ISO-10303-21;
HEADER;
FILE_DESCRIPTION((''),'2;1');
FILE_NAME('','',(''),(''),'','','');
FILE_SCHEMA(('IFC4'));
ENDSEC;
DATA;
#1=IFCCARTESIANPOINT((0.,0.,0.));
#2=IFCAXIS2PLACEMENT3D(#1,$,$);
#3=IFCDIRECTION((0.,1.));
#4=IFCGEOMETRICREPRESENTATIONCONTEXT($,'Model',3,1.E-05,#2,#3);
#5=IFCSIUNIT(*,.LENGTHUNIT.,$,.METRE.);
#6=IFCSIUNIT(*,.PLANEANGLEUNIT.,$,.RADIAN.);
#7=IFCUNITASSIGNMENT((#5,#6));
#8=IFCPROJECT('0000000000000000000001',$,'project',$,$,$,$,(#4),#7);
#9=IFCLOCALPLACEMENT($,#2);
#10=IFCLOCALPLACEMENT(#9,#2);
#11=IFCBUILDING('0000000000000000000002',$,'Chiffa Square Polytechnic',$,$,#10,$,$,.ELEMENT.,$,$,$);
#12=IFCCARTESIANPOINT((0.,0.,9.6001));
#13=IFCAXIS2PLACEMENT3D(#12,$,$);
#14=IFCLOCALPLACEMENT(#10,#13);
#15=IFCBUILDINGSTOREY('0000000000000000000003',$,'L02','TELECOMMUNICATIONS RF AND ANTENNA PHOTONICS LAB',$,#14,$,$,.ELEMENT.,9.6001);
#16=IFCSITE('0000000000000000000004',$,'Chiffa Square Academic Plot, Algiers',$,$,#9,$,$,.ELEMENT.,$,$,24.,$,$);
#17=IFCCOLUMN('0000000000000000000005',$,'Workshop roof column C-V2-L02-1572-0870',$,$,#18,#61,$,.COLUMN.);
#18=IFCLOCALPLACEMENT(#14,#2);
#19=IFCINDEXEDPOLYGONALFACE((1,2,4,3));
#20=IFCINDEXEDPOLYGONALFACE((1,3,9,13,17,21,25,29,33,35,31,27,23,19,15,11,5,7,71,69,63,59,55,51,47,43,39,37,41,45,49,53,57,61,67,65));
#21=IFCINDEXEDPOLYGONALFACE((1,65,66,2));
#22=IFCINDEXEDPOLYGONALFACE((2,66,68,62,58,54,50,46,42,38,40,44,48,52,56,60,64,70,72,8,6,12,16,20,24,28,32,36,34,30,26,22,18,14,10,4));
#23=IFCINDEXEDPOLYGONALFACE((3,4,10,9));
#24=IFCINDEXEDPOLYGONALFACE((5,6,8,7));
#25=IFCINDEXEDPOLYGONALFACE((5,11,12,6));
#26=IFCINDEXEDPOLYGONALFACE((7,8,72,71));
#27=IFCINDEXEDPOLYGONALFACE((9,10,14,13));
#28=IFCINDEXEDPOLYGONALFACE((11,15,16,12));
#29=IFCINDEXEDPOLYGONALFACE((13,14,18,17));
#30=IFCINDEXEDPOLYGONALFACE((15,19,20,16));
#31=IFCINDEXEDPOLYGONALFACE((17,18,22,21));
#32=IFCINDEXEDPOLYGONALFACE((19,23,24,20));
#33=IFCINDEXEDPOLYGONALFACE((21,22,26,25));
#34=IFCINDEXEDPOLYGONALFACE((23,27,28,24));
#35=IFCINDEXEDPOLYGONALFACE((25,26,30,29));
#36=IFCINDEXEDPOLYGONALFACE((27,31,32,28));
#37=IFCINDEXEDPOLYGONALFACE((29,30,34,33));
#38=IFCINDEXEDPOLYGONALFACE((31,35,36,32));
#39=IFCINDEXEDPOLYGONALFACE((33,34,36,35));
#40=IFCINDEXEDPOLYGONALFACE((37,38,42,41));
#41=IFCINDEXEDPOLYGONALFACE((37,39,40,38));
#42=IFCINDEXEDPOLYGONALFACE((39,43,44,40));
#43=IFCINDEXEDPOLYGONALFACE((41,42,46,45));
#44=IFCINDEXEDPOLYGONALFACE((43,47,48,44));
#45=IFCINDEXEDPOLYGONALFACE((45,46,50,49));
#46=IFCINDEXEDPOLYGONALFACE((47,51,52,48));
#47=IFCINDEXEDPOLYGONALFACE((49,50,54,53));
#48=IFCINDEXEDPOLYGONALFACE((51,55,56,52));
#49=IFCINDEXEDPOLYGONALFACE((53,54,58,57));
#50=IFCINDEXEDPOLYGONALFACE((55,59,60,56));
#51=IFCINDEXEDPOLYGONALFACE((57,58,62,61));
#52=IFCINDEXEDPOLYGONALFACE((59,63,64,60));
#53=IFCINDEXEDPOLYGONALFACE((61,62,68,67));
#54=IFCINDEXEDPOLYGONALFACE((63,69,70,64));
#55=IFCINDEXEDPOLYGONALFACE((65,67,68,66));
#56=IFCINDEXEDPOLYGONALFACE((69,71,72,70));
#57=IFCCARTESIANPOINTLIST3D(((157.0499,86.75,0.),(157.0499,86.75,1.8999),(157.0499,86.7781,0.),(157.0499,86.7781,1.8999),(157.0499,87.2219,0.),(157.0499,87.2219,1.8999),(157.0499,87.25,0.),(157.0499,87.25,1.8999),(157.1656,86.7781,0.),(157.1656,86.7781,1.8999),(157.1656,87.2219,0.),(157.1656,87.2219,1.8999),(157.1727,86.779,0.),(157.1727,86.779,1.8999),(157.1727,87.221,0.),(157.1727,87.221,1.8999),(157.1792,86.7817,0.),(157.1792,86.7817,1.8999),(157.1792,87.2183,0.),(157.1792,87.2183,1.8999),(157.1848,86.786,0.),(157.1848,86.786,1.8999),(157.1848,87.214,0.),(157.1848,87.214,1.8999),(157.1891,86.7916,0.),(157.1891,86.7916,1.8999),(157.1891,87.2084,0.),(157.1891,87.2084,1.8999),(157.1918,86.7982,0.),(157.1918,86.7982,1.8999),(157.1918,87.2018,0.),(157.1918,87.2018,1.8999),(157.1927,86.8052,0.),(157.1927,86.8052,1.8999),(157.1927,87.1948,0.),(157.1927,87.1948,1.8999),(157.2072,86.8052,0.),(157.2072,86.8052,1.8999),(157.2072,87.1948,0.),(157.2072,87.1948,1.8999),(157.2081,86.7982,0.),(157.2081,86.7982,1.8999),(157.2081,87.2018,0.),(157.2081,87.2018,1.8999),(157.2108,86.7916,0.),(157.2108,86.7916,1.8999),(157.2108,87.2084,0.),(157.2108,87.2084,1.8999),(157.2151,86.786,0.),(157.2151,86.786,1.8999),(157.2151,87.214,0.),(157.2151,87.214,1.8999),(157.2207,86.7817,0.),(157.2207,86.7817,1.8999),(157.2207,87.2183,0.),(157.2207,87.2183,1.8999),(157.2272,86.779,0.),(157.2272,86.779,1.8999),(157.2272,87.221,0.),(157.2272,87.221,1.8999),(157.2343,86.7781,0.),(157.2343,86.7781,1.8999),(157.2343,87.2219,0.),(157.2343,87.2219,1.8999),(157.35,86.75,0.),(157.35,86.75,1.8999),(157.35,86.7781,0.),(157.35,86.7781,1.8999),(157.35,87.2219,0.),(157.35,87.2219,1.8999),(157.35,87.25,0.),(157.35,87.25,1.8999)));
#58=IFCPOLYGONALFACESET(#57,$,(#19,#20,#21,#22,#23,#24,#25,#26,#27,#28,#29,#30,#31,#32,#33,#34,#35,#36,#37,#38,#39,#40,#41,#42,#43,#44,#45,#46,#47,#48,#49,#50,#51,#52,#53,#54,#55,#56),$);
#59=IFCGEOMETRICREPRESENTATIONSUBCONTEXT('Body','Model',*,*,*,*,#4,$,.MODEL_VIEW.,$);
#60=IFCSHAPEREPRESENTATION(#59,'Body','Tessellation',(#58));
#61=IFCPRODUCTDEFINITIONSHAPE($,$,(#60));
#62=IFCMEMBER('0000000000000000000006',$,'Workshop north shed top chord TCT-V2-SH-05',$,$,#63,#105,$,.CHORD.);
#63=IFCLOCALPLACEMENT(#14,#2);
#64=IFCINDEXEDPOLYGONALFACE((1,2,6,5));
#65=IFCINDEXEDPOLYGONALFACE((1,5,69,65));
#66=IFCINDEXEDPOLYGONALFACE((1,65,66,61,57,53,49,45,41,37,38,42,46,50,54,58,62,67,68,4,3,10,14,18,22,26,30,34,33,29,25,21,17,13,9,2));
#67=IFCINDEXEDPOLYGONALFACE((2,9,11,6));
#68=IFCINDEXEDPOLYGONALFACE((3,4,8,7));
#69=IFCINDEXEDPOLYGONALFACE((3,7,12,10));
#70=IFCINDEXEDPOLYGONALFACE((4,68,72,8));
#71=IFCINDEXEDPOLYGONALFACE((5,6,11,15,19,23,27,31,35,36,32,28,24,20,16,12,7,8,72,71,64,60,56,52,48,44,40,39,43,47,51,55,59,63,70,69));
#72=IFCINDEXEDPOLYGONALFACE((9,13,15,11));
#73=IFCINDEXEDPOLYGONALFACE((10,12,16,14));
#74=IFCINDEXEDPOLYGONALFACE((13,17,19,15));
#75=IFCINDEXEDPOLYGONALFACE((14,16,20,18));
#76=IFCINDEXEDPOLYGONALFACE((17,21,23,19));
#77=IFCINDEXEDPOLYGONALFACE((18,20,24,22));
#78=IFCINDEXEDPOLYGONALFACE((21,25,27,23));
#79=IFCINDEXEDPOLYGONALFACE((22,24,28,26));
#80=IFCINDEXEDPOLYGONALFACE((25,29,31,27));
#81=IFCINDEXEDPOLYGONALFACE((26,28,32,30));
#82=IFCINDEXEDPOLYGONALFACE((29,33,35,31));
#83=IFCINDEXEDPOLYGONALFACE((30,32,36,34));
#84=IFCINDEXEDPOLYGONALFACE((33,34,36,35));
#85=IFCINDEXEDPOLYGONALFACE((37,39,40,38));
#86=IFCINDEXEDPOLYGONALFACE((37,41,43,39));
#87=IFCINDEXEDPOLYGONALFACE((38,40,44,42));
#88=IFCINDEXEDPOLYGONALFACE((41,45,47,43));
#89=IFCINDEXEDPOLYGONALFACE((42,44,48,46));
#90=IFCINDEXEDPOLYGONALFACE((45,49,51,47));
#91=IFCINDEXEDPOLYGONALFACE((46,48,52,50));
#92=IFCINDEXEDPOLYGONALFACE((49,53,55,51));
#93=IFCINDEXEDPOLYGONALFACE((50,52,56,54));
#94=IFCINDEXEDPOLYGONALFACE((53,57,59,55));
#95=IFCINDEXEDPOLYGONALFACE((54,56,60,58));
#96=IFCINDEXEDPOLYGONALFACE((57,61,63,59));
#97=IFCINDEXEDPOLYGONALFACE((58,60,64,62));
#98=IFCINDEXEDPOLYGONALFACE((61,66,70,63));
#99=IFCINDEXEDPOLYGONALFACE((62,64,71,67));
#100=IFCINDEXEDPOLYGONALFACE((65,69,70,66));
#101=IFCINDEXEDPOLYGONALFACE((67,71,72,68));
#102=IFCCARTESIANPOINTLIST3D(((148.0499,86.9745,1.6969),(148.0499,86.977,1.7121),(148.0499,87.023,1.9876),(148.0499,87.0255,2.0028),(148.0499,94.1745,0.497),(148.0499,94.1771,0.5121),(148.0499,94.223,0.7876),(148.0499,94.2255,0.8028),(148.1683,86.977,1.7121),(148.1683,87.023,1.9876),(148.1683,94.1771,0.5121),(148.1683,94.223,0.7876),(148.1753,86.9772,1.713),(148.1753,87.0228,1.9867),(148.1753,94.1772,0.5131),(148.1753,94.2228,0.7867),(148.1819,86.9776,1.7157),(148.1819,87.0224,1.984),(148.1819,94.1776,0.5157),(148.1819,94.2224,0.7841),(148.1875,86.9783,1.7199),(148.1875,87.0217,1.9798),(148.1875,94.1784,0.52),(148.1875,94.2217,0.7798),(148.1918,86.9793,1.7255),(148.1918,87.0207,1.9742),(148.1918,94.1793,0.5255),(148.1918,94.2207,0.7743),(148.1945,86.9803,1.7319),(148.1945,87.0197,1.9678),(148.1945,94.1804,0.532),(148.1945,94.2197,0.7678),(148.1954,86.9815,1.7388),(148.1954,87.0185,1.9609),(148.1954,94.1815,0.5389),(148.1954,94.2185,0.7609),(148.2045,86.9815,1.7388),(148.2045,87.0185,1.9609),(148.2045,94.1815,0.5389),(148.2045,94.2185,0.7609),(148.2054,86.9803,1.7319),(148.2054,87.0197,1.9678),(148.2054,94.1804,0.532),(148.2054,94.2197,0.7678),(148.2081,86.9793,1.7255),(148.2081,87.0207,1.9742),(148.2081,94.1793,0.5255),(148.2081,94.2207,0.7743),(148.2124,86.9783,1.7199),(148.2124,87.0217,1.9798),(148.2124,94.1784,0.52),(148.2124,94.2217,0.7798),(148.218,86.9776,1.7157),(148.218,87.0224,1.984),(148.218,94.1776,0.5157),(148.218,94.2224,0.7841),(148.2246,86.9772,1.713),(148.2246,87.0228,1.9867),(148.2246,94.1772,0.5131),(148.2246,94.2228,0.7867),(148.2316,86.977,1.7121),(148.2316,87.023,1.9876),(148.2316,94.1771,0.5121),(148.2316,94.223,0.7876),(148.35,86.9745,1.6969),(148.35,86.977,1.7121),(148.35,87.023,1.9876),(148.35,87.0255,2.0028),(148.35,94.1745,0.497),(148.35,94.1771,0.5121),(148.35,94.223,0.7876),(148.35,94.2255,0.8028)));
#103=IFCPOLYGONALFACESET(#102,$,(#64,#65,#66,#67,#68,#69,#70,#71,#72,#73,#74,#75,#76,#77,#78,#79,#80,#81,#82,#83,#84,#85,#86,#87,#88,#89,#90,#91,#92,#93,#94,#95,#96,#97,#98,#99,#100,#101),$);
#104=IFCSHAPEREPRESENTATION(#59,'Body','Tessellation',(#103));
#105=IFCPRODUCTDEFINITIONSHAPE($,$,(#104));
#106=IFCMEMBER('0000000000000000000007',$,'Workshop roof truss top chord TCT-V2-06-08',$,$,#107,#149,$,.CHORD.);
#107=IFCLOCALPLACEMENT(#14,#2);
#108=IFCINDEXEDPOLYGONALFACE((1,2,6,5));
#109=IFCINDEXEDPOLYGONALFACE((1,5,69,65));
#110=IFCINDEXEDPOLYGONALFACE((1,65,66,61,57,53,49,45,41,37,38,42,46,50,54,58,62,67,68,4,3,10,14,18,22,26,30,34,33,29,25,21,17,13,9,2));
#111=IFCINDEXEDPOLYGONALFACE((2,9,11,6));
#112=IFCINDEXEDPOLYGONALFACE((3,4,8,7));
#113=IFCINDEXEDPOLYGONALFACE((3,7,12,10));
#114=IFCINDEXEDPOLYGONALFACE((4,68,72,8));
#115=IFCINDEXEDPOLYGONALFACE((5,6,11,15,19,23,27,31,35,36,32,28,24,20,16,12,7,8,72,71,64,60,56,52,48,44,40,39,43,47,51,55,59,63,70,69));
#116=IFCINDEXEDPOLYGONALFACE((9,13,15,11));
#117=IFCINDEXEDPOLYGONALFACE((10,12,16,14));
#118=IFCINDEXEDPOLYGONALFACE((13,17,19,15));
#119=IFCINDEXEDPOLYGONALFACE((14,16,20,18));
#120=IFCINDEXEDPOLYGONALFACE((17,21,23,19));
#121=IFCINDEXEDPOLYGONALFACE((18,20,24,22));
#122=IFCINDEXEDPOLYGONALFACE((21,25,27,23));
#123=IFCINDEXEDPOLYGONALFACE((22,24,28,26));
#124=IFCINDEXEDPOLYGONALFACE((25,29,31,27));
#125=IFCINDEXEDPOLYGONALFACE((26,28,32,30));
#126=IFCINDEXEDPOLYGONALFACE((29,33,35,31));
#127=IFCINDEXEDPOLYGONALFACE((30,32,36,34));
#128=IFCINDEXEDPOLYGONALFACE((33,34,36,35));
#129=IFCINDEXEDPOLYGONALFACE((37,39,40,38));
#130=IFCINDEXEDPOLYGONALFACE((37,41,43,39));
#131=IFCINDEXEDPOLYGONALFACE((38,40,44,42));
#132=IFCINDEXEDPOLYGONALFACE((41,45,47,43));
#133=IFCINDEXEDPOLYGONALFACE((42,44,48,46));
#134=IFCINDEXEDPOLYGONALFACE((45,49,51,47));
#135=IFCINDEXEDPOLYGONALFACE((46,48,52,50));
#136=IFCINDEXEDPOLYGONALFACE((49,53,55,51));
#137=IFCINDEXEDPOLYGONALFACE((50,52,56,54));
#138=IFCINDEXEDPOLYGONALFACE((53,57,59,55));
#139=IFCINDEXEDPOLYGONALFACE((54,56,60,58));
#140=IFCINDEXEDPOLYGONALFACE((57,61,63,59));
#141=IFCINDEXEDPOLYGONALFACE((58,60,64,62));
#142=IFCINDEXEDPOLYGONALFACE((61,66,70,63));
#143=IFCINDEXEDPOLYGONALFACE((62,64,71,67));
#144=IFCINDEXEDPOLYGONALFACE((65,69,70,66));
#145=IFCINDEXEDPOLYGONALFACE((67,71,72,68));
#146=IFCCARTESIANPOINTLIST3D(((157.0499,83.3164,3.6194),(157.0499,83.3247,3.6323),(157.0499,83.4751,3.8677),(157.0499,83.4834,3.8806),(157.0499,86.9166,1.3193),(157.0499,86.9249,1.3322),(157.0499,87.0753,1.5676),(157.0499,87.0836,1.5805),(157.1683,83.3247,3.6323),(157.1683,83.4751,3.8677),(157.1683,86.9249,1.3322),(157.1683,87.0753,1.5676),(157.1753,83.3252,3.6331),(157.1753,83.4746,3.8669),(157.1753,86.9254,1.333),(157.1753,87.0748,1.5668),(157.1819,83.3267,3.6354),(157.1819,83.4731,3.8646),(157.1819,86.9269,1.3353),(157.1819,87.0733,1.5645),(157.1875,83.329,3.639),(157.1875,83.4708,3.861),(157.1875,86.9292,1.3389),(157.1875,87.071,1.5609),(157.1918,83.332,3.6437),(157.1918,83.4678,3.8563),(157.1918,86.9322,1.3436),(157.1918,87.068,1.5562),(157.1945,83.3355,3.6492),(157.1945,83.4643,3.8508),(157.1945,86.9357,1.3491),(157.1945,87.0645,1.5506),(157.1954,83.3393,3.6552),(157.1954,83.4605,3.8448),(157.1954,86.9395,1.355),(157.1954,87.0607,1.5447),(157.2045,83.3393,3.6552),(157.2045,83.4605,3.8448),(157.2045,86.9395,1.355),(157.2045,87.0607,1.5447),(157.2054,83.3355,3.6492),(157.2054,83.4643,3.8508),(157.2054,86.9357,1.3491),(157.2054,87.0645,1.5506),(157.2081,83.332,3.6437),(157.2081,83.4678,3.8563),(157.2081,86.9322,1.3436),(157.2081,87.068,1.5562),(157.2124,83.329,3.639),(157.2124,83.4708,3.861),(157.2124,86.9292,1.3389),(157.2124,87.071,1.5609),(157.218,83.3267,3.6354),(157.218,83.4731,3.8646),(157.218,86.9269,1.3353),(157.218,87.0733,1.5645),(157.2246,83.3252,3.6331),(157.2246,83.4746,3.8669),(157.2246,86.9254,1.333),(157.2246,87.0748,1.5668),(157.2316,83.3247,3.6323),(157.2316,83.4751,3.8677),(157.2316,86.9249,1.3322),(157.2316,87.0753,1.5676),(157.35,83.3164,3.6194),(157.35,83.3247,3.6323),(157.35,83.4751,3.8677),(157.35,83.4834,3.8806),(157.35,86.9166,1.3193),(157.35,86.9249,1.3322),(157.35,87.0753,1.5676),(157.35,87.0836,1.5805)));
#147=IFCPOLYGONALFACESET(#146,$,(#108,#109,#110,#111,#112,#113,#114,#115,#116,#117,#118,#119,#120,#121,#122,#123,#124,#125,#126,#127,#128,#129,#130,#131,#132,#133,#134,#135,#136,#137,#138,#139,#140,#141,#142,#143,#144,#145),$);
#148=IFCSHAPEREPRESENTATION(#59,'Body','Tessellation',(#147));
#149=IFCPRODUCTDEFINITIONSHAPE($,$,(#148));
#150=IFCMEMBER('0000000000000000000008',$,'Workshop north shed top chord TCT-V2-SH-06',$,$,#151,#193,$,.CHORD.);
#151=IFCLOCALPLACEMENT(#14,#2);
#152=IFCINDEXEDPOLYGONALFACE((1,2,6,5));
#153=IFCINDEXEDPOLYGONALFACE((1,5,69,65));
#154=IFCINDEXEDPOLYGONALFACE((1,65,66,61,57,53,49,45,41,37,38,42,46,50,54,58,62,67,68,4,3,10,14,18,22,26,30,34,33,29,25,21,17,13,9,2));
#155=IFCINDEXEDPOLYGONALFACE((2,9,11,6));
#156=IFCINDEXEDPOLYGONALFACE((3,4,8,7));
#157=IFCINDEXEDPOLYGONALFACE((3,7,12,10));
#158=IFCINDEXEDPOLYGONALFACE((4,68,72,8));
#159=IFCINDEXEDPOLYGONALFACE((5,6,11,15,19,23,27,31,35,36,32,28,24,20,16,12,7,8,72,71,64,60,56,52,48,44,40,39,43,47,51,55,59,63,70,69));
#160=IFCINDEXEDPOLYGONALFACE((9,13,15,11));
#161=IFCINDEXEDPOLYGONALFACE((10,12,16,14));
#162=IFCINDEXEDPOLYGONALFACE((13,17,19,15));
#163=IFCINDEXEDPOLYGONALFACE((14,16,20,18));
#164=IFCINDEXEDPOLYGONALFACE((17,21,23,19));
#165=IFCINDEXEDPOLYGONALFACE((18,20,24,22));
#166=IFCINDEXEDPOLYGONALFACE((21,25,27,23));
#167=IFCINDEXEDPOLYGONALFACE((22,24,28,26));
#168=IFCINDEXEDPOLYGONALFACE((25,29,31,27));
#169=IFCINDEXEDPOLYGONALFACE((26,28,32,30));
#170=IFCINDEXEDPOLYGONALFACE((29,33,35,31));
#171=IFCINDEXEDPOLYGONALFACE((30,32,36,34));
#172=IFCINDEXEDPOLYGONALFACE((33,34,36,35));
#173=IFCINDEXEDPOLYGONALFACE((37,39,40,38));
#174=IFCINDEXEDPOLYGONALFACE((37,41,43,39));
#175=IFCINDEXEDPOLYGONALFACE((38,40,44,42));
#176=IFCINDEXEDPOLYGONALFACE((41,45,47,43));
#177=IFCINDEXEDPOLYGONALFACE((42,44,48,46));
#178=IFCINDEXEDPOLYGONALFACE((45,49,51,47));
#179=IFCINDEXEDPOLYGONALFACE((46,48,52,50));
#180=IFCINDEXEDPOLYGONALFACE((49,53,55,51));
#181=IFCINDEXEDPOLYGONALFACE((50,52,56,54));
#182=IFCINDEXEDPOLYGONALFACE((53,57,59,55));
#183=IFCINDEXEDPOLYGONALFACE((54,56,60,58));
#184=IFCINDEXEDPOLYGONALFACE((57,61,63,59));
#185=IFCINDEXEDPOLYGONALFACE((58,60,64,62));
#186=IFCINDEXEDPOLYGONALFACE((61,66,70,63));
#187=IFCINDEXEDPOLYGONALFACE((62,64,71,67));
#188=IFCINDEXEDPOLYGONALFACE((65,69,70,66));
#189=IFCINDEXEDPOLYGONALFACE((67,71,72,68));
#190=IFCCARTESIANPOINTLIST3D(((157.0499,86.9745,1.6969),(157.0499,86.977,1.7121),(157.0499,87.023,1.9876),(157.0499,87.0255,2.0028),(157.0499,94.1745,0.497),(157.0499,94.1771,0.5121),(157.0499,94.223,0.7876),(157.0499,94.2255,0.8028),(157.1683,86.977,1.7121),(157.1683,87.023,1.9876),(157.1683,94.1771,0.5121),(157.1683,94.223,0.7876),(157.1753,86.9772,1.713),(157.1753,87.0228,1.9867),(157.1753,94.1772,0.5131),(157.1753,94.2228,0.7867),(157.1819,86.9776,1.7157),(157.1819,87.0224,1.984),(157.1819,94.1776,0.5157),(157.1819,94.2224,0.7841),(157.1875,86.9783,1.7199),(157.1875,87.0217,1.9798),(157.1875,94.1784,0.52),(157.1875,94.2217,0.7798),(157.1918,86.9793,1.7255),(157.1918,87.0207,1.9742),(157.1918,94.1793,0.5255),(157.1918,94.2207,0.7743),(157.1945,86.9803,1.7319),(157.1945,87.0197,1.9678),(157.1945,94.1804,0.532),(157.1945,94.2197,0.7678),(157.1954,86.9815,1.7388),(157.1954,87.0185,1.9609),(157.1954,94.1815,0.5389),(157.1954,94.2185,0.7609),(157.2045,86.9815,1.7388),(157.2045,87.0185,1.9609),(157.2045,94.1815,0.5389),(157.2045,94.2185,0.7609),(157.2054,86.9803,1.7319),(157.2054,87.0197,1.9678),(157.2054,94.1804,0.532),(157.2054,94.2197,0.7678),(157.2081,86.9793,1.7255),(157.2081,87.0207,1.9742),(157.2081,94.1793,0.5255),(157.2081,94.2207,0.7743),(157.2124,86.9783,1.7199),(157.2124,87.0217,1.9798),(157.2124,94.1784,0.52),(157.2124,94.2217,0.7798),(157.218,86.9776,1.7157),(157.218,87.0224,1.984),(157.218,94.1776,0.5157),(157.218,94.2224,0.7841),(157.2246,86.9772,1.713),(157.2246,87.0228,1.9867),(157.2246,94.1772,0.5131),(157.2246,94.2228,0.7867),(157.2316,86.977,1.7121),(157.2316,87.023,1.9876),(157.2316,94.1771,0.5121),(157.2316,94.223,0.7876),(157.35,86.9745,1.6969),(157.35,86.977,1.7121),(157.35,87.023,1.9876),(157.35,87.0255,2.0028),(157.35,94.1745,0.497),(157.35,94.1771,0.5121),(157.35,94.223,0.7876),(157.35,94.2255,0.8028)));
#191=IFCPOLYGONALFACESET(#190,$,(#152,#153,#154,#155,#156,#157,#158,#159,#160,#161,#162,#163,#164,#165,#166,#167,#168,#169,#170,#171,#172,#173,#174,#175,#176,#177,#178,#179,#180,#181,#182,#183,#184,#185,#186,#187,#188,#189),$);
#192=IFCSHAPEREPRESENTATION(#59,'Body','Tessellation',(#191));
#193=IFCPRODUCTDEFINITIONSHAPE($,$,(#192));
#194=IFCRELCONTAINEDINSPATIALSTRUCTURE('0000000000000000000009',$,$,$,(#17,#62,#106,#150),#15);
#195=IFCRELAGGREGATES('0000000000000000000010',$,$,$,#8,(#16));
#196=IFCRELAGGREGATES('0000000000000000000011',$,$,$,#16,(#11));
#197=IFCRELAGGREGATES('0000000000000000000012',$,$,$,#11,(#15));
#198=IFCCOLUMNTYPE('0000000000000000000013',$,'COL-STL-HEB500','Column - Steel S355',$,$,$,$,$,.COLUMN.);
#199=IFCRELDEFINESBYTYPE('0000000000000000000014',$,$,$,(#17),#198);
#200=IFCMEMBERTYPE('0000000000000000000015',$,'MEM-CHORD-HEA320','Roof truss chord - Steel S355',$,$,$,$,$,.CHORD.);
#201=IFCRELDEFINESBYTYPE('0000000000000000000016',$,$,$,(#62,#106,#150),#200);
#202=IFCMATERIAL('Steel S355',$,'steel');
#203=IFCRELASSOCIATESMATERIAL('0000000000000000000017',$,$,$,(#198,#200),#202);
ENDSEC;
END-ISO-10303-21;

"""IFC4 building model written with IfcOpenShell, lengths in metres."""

from ifc_helpers import new_model, si_unit, direction, frame, origin, origin_2d, place, context, subcontext, project, spatial, i_section, extrude, material, material_profile, profile_set, type_object, element, save


model = new_model("IFC4")

# Units and contexts
model_context = context("Model", 3, precision=1e-05, world=origin(), true_north=direction((0.0, 1.0)))
body_context = subcontext(model_context, "Body", "Model", "MODEL_VIEW")
ifc_project = project(units=[si_unit("LENGTHUNIT", "METRE"), si_unit("PLANEANGLEUNIT", "RADIAN")], contexts=[model_context])

# Site, building, storey
site_placement = place(None, origin())
site = spatial("IfcSite", under=ifc_project, at=site_placement, Name="Chiffa Square Academic Plot, Algiers", CompositionType="ELEMENT", RefElevation=24.0)
building_placement = place(site_placement, origin())
building = spatial("IfcBuilding", under=site, at=building_placement, Name="Chiffa Square Polytechnic", CompositionType="ELEMENT")
storey_placement = place(building_placement, frame((0.0, 0.0, 9.6001)))
storey = spatial("IfcBuildingStorey", under=building, at=storey_placement, Name="L02", Description="TELECOMMUNICATIONS RF AND ANTENNA PHOTONICS LAB", CompositionType="ELEMENT", Elevation=9.6001)

# Column
ifc_material_1 = material(Name="Steel S355", Category="steel")
ifc_material_profile_1 = material_profile(ifc_material_1, i_section(OverallWidth=0.3, OverallDepth=0.5, WebThickness=0.0144, FlangeThickness=0.0281, FilletRadius=0.0271, at=origin_2d()), Name="HEB 500")
ifc_profile_set_1 = profile_set([ifc_material_profile_1], Name="Steel S355")
column_type = type_object("IfcColumnType", Name="COL-STL-HEB500", Description="Column - Steel S355", PredefinedType="COLUMN", material=ifc_profile_set_1)
column_placement = place(storey_placement, frame((157.2, 87.0, 0.0), z_axis=(0.0, 0.0, 1.0), x_axis=(1.0, 0.0, 0.0)))
element("IfcColumn", 1, at=column_placement, inside=storey, type_object=column_type, Name="Workshop roof column C-V2-L02-1572-0870", PredefinedType="COLUMN", context=body_context, shape_type="SweptSolid", body=[
    extrude(i_section(OverallWidth=0.3, OverallDepth=0.5, WebThickness=0.0144, FlangeThickness=0.0281, FilletRadius=0.0271, at=origin_2d()), origin(), (0.0, 0.0, 1.0), 1.8999),
])

# Members
ifc_material_profile_2 = material_profile(ifc_material_1, i_section(OverallWidth=0.3, OverallDepth=0.3101, WebThickness=0.009, FlangeThickness=0.0154, FilletRadius=0.0271, at=origin_2d()), Name="HEA 320")
ifc_profile_set_2 = profile_set([ifc_material_profile_2], Name="Steel S355")
member_type_1 = type_object("IfcMemberType", Name="MEM-CHORD-HEA320", Description="Roof truss chord - Steel S355", PredefinedType="CHORD", material=ifc_profile_set_2)
member_1_placement = place(storey_placement, frame((148.2, 87.0, 1.8499), z_axis=(0.0, 0.986395, -0.164394), x_axis=(-1.0, 0.0, 0.0)))
element("IfcMember", 2, at=member_1_placement, inside=storey, type_object=member_type_1, Name="Workshop north shed top chord TCT-V2-SH-05", PredefinedType="CHORD", context=body_context, shape_type="SweptSolid", body=[
    extrude(i_section(OverallWidth=0.3, OverallDepth=0.3101, WebThickness=0.009, FlangeThickness=0.0154, FilletRadius=0.0271, at=origin_2d()), origin(), (0.0, 0.0, 1.0), 7.2993),
])
member_2_placement = place(storey_placement, frame((157.2, 83.3999, 3.75), z_axis=(0.0, 0.842698, -0.538387), x_axis=(-1.0, 0.0, 0.0)))
element("IfcMember", 3, at=member_2_placement, inside=storey, type_object=member_type_1, Name="Workshop roof truss top chord TCT-V2-06-08", PredefinedType="CHORD", context=body_context, shape_type="SweptSolid", body=[
    extrude(i_section(OverallWidth=0.3, OverallDepth=0.3101, WebThickness=0.009, FlangeThickness=0.0154, FilletRadius=0.0271, at=origin_2d()), origin(), (0.0, 0.0, 1.0), 4.2722),
])
member_3_placement = place(storey_placement, frame((157.2, 87.0, 1.8499), z_axis=(0.0, 0.986395, -0.164394), x_axis=(-1.0, 0.0, 0.0)))
element("IfcMember", 4, at=member_3_placement, inside=storey, type_object=member_type_1, Name="Workshop north shed top chord TCT-V2-SH-06", PredefinedType="CHORD", context=body_context, shape_type="SweptSolid", body=[
    extrude(i_section(OverallWidth=0.3, OverallDepth=0.3101, WebThickness=0.009, FlangeThickness=0.0154, FilletRadius=0.0271, at=origin_2d()), origin(), (0.0, 0.0, 1.0), 7.2993),
])

save(model, "model.ifc")
